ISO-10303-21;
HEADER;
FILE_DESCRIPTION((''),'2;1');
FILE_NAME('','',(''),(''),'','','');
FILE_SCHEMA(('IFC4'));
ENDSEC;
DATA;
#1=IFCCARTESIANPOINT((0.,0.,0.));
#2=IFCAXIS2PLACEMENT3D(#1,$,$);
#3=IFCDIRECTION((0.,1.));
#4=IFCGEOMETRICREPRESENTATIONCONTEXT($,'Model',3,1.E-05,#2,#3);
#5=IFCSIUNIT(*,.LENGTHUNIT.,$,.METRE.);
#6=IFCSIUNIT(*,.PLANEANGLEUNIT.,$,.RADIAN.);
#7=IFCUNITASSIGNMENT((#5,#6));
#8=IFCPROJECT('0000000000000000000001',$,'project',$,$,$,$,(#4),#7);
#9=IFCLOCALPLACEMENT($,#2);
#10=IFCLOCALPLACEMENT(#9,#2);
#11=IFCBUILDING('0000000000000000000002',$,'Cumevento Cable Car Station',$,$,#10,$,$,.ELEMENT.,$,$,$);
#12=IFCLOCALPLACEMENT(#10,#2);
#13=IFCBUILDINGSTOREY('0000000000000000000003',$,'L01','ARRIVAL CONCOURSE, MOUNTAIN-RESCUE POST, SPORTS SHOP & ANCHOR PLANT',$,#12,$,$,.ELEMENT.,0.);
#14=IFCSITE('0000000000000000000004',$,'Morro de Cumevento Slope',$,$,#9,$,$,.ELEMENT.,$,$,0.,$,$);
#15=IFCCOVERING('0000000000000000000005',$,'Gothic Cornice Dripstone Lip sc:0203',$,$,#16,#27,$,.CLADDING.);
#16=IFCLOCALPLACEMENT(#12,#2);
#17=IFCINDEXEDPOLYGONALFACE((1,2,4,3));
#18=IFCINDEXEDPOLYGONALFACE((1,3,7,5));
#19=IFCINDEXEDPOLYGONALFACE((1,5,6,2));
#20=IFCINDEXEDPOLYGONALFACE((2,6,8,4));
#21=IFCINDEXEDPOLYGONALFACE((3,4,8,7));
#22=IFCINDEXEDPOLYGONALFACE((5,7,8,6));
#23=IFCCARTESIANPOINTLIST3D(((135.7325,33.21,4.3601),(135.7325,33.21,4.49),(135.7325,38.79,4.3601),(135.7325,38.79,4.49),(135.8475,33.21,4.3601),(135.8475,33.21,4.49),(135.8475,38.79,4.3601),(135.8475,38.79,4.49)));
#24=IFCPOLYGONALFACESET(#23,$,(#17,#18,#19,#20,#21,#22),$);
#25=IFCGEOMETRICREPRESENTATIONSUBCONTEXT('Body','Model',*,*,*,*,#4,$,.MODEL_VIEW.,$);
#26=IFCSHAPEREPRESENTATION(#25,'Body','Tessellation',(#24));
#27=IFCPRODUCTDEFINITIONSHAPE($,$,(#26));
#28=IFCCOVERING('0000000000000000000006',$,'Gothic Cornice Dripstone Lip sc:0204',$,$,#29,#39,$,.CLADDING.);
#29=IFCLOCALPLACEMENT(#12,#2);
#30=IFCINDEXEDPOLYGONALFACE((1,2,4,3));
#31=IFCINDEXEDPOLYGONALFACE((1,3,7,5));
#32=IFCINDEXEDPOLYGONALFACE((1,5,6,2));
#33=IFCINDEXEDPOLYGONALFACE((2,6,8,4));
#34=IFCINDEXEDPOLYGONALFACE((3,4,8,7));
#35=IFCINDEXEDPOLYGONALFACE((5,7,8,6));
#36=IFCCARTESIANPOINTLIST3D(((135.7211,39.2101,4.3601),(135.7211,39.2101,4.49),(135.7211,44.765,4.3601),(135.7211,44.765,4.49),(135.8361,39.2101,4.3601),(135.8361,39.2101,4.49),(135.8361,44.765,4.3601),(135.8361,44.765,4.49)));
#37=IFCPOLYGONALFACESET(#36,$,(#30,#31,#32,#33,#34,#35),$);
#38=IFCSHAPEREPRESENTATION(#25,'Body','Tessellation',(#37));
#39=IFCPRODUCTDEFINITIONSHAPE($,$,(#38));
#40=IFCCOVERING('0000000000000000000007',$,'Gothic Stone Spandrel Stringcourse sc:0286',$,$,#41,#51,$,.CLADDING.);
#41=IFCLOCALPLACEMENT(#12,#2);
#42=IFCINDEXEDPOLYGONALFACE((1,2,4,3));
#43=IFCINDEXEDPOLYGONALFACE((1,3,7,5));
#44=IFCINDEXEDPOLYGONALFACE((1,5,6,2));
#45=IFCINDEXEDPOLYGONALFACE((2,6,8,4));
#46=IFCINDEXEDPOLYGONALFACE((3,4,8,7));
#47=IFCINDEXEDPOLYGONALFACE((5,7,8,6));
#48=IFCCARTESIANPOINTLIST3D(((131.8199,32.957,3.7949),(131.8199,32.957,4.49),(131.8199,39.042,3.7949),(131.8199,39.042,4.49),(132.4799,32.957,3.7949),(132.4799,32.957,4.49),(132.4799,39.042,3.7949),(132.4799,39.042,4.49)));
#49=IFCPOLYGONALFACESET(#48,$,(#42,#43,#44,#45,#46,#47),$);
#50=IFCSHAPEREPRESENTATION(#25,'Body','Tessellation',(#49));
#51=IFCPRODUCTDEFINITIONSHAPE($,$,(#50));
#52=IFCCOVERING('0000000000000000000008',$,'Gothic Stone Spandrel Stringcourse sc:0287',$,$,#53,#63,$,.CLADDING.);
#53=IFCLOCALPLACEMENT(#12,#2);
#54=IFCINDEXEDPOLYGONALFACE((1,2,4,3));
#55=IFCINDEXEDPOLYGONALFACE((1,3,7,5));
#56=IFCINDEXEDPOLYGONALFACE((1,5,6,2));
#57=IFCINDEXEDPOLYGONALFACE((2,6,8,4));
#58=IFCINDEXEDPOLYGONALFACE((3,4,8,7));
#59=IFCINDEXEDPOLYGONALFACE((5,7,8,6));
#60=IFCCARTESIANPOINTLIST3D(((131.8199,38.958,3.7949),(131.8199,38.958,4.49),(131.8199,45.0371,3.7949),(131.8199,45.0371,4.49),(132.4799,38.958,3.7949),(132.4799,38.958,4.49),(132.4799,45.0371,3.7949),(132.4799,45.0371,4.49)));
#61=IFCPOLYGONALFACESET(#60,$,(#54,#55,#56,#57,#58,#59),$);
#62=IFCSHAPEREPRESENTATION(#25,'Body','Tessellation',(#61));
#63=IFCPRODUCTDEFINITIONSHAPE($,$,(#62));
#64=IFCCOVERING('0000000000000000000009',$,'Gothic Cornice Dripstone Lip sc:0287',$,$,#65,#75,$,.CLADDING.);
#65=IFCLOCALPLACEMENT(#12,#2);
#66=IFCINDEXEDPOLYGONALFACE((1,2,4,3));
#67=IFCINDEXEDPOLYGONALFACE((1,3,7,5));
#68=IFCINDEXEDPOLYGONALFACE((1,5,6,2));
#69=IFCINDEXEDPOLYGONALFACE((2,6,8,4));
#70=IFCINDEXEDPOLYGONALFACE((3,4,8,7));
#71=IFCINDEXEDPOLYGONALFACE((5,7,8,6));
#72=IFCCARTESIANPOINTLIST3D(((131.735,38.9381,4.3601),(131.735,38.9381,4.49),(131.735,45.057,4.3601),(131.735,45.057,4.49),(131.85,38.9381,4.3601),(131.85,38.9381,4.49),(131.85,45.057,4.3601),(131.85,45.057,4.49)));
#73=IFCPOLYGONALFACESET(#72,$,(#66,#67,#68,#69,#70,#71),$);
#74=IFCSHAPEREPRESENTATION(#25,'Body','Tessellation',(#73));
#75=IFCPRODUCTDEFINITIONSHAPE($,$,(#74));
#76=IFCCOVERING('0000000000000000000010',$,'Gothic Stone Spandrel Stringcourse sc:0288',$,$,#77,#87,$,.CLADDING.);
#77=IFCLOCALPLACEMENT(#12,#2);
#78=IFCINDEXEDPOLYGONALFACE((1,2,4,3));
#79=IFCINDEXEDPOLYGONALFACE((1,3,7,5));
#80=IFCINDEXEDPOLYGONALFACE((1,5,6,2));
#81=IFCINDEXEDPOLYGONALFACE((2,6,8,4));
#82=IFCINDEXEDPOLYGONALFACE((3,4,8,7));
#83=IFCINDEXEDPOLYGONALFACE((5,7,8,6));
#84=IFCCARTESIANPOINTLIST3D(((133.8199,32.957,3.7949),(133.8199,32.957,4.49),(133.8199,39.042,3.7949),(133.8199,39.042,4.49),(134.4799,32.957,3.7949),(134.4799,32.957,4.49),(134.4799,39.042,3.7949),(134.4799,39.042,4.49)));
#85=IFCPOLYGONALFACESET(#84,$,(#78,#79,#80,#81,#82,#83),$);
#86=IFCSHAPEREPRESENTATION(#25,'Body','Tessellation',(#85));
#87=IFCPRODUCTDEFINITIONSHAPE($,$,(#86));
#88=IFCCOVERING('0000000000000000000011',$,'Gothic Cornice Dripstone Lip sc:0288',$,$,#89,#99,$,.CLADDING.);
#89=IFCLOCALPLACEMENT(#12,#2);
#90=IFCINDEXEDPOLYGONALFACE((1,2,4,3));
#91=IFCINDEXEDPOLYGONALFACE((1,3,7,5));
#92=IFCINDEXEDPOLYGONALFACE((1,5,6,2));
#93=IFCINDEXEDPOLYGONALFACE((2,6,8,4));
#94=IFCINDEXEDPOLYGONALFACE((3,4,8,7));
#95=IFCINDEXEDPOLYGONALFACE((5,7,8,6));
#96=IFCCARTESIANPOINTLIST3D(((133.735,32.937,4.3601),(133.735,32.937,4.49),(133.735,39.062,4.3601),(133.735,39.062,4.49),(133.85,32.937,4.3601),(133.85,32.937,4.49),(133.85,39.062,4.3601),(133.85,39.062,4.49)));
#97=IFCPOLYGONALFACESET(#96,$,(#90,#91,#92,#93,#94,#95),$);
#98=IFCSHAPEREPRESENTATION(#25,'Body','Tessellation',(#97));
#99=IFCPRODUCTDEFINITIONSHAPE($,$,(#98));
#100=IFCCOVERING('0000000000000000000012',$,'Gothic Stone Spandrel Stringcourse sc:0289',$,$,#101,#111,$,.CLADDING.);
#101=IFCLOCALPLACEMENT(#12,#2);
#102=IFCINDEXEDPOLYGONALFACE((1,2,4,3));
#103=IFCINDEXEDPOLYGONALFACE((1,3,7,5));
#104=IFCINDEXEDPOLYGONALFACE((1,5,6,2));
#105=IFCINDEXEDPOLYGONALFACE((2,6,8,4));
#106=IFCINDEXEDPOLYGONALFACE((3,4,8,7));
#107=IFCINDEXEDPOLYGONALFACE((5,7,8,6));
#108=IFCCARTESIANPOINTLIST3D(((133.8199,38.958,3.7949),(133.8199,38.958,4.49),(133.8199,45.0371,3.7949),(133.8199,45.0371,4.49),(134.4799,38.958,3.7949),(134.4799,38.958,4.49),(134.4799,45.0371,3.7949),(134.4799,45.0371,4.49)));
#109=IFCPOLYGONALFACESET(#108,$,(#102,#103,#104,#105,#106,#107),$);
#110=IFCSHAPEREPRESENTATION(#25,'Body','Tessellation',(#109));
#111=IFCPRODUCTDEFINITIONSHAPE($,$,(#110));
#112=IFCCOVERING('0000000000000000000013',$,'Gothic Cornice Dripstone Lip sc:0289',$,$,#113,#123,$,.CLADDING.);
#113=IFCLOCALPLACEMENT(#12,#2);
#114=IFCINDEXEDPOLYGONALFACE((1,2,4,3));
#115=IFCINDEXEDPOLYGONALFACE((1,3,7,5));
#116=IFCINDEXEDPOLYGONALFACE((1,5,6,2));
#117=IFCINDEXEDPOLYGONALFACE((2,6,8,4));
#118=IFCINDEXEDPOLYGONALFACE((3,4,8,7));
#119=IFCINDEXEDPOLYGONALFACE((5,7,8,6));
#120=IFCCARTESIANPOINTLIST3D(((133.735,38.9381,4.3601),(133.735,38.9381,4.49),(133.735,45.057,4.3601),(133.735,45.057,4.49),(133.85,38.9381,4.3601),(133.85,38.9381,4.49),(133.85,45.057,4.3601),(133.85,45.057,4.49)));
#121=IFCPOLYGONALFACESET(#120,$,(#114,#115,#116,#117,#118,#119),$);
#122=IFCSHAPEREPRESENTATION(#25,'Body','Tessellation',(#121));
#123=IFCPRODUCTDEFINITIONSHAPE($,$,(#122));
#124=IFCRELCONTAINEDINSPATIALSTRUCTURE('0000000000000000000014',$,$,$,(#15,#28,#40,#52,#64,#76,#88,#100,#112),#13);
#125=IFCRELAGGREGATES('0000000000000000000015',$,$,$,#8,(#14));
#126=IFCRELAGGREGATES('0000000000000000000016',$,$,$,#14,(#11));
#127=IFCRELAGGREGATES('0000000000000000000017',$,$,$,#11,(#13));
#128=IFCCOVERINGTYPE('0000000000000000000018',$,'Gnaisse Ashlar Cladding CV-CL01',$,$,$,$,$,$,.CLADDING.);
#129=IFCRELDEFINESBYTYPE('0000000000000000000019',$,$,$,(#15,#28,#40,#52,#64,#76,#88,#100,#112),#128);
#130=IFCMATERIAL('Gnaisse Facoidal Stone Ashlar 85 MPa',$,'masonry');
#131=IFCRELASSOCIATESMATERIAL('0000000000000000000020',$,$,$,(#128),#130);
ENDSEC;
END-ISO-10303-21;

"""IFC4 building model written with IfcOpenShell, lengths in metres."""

from ifc_helpers import new_model, si_unit, direction, frame, origin, origin_2d, place, context, subcontext, project, spatial, rectangle, extrude, material, type_object, element, save


model = new_model("IFC4")

# Units and contexts
model_context = context("Model", 3, precision=1e-05, world=origin(), true_north=direction((0.0, 1.0)))
body_context = subcontext(model_context, "Body", "Model", "MODEL_VIEW")
ifc_project = project(units=[si_unit("LENGTHUNIT", "METRE"), si_unit("PLANEANGLEUNIT", "RADIAN")], contexts=[model_context])

# Site, building, storey
site_placement = place(None, origin())
site = spatial("IfcSite", under=ifc_project, at=site_placement, Name="Morro de Cumevento Slope", CompositionType="ELEMENT", RefElevation=0.0)
building_placement = place(site_placement, origin())
building = spatial("IfcBuilding", under=site, at=building_placement, Name="Cumevento Cable Car Station", CompositionType="ELEMENT")
storey_placement = place(building_placement, origin())
storey = spatial("IfcBuildingStorey", under=building, at=storey_placement, Name="L01", Description="ARRIVAL CONCOURSE, MOUNTAIN-RESCUE POST, SPORTS SHOP & ANCHOR PLANT", CompositionType="ELEMENT", Elevation=0.0)

# Coverings
ifc_material_1 = material(Name="Gnaisse Facoidal Stone Ashlar 85 MPa", Category="masonry")
covering_type = type_object("IfcCoveringType", Name="Gnaisse Ashlar Cladding CV-CL01", PredefinedType="CLADDING", material=ifc_material_1)
covering_1_placement = place(storey_placement, frame((135.79, 36.0, 4.3601), z_axis=(0.0, 0.0, 1.0), x_axis=(0.0, 1.0, 0.0)))
element("IfcCovering", 1, at=covering_1_placement, inside=storey, type_object=covering_type, Name="Gothic Cornice Dripstone Lip sc:0203", PredefinedType="CLADDING", context=body_context, shape_type="SweptSolid", body=[
    extrude(rectangle(XDim=5.5801, YDim=0.115, at=origin_2d()), origin(), (0.0, 0.0, 1.0), 0.1299),
])
covering_2_placement = place(storey_placement, frame((135.7786, 41.9875, 4.3601), z_axis=(0.0, 0.0, 1.0), x_axis=(0.0, 1.0, 0.0)))
element("IfcCovering", 2, at=covering_2_placement, inside=storey, type_object=covering_type, Name="Gothic Cornice Dripstone Lip sc:0204", PredefinedType="CLADDING", context=body_context, shape_type="SweptSolid", body=[
    extrude(rectangle(XDim=5.5549, YDim=0.115, at=origin_2d()), origin(), (0.0, 0.0, 1.0), 0.1299),
])
covering_3_placement = place(storey_placement, frame((132.1499, 35.9995, 3.7949), z_axis=(0.0, 0.0, 1.0), x_axis=(0.0, 1.0, 0.0)))
element("IfcCovering", 3, at=covering_3_placement, inside=storey, type_object=covering_type, Name="Gothic Stone Spandrel Stringcourse sc:0286", PredefinedType="CLADDING", context=body_context, shape_type="SweptSolid", body=[
    extrude(rectangle(XDim=6.085, YDim=0.6599, at=origin_2d()), origin(), (0.0, 0.0, 1.0), 0.6951),
])
covering_4_placement = place(storey_placement, frame((132.1499, 41.9976, 3.7949), z_axis=(0.0, 0.0, 1.0), x_axis=(0.0, 1.0, 0.0)))
element("IfcCovering", 4, at=covering_4_placement, inside=storey, type_object=covering_type, Name="Gothic Stone Spandrel Stringcourse sc:0287", PredefinedType="CLADDING", context=body_context, shape_type="SweptSolid", body=[
    extrude(rectangle(XDim=6.0791, YDim=0.6599, at=origin_2d()), origin(), (0.0, 0.0, 1.0), 0.6951),
])
covering_5_placement = place(storey_placement, frame((131.7925, 41.9976, 4.3601), z_axis=(0.0, 0.0, 1.0), x_axis=(0.0, 1.0, 0.0)))
element("IfcCovering", 5, at=covering_5_placement, inside=storey, type_object=covering_type, Name="Gothic Cornice Dripstone Lip sc:0287", PredefinedType="CLADDING", context=body_context, shape_type="SweptSolid", body=[
    extrude(rectangle(XDim=6.1189, YDim=0.115, at=origin_2d()), origin(), (0.0, 0.0, 1.0), 0.1299),
])
covering_6_placement = place(storey_placement, frame((134.1499, 35.9995, 3.7949), z_axis=(0.0, 0.0, 1.0), x_axis=(0.0, 1.0, 0.0)))
element("IfcCovering", 6, at=covering_6_placement, inside=storey, type_object=covering_type, Name="Gothic Stone Spandrel Stringcourse sc:0288", PredefinedType="CLADDING", context=body_context, shape_type="SweptSolid", body=[
    extrude(rectangle(XDim=6.085, YDim=0.6599, at=origin_2d()), origin(), (0.0, 0.0, 1.0), 0.6951),
])
covering_7_placement = place(storey_placement, frame((133.7925, 35.9995, 4.3601), z_axis=(0.0, 0.0, 1.0), x_axis=(0.0, 1.0, 0.0)))
element("IfcCovering", 7, at=covering_7_placement, inside=storey, type_object=covering_type, Name="Gothic Cornice Dripstone Lip sc:0288", PredefinedType="CLADDING", context=body_context, shape_type="SweptSolid", body=[
    extrude(rectangle(XDim=6.125, YDim=0.115, at=origin_2d()), origin(), (0.0, 0.0, 1.0), 0.1299),
])
covering_8_placement = place(storey_placement, frame((134.1499, 41.9976, 3.7949), z_axis=(0.0, 0.0, 1.0), x_axis=(0.0, 1.0, 0.0)))
element("IfcCovering", 8, at=covering_8_placement, inside=storey, type_object=covering_type, Name="Gothic Stone Spandrel Stringcourse sc:0289", PredefinedType="CLADDING", context=body_context, shape_type="SweptSolid", body=[
    extrude(rectangle(XDim=6.0791, YDim=0.6599, at=origin_2d()), origin(), (0.0, 0.0, 1.0), 0.6951),
])
covering_9_placement = place(storey_placement, frame((133.7925, 41.9976, 4.3601), z_axis=(0.0, 0.0, 1.0), x_axis=(0.0, 1.0, 0.0)))
element("IfcCovering", 9, at=covering_9_placement, inside=storey, type_object=covering_type, Name="Gothic Cornice Dripstone Lip sc:0289", PredefinedType="CLADDING", context=body_context, shape_type="SweptSolid", body=[
    extrude(rectangle(XDim=6.1189, YDim=0.115, at=origin_2d()), origin(), (0.0, 0.0, 1.0), 0.1299),
])

save(model, "model.ifc")
